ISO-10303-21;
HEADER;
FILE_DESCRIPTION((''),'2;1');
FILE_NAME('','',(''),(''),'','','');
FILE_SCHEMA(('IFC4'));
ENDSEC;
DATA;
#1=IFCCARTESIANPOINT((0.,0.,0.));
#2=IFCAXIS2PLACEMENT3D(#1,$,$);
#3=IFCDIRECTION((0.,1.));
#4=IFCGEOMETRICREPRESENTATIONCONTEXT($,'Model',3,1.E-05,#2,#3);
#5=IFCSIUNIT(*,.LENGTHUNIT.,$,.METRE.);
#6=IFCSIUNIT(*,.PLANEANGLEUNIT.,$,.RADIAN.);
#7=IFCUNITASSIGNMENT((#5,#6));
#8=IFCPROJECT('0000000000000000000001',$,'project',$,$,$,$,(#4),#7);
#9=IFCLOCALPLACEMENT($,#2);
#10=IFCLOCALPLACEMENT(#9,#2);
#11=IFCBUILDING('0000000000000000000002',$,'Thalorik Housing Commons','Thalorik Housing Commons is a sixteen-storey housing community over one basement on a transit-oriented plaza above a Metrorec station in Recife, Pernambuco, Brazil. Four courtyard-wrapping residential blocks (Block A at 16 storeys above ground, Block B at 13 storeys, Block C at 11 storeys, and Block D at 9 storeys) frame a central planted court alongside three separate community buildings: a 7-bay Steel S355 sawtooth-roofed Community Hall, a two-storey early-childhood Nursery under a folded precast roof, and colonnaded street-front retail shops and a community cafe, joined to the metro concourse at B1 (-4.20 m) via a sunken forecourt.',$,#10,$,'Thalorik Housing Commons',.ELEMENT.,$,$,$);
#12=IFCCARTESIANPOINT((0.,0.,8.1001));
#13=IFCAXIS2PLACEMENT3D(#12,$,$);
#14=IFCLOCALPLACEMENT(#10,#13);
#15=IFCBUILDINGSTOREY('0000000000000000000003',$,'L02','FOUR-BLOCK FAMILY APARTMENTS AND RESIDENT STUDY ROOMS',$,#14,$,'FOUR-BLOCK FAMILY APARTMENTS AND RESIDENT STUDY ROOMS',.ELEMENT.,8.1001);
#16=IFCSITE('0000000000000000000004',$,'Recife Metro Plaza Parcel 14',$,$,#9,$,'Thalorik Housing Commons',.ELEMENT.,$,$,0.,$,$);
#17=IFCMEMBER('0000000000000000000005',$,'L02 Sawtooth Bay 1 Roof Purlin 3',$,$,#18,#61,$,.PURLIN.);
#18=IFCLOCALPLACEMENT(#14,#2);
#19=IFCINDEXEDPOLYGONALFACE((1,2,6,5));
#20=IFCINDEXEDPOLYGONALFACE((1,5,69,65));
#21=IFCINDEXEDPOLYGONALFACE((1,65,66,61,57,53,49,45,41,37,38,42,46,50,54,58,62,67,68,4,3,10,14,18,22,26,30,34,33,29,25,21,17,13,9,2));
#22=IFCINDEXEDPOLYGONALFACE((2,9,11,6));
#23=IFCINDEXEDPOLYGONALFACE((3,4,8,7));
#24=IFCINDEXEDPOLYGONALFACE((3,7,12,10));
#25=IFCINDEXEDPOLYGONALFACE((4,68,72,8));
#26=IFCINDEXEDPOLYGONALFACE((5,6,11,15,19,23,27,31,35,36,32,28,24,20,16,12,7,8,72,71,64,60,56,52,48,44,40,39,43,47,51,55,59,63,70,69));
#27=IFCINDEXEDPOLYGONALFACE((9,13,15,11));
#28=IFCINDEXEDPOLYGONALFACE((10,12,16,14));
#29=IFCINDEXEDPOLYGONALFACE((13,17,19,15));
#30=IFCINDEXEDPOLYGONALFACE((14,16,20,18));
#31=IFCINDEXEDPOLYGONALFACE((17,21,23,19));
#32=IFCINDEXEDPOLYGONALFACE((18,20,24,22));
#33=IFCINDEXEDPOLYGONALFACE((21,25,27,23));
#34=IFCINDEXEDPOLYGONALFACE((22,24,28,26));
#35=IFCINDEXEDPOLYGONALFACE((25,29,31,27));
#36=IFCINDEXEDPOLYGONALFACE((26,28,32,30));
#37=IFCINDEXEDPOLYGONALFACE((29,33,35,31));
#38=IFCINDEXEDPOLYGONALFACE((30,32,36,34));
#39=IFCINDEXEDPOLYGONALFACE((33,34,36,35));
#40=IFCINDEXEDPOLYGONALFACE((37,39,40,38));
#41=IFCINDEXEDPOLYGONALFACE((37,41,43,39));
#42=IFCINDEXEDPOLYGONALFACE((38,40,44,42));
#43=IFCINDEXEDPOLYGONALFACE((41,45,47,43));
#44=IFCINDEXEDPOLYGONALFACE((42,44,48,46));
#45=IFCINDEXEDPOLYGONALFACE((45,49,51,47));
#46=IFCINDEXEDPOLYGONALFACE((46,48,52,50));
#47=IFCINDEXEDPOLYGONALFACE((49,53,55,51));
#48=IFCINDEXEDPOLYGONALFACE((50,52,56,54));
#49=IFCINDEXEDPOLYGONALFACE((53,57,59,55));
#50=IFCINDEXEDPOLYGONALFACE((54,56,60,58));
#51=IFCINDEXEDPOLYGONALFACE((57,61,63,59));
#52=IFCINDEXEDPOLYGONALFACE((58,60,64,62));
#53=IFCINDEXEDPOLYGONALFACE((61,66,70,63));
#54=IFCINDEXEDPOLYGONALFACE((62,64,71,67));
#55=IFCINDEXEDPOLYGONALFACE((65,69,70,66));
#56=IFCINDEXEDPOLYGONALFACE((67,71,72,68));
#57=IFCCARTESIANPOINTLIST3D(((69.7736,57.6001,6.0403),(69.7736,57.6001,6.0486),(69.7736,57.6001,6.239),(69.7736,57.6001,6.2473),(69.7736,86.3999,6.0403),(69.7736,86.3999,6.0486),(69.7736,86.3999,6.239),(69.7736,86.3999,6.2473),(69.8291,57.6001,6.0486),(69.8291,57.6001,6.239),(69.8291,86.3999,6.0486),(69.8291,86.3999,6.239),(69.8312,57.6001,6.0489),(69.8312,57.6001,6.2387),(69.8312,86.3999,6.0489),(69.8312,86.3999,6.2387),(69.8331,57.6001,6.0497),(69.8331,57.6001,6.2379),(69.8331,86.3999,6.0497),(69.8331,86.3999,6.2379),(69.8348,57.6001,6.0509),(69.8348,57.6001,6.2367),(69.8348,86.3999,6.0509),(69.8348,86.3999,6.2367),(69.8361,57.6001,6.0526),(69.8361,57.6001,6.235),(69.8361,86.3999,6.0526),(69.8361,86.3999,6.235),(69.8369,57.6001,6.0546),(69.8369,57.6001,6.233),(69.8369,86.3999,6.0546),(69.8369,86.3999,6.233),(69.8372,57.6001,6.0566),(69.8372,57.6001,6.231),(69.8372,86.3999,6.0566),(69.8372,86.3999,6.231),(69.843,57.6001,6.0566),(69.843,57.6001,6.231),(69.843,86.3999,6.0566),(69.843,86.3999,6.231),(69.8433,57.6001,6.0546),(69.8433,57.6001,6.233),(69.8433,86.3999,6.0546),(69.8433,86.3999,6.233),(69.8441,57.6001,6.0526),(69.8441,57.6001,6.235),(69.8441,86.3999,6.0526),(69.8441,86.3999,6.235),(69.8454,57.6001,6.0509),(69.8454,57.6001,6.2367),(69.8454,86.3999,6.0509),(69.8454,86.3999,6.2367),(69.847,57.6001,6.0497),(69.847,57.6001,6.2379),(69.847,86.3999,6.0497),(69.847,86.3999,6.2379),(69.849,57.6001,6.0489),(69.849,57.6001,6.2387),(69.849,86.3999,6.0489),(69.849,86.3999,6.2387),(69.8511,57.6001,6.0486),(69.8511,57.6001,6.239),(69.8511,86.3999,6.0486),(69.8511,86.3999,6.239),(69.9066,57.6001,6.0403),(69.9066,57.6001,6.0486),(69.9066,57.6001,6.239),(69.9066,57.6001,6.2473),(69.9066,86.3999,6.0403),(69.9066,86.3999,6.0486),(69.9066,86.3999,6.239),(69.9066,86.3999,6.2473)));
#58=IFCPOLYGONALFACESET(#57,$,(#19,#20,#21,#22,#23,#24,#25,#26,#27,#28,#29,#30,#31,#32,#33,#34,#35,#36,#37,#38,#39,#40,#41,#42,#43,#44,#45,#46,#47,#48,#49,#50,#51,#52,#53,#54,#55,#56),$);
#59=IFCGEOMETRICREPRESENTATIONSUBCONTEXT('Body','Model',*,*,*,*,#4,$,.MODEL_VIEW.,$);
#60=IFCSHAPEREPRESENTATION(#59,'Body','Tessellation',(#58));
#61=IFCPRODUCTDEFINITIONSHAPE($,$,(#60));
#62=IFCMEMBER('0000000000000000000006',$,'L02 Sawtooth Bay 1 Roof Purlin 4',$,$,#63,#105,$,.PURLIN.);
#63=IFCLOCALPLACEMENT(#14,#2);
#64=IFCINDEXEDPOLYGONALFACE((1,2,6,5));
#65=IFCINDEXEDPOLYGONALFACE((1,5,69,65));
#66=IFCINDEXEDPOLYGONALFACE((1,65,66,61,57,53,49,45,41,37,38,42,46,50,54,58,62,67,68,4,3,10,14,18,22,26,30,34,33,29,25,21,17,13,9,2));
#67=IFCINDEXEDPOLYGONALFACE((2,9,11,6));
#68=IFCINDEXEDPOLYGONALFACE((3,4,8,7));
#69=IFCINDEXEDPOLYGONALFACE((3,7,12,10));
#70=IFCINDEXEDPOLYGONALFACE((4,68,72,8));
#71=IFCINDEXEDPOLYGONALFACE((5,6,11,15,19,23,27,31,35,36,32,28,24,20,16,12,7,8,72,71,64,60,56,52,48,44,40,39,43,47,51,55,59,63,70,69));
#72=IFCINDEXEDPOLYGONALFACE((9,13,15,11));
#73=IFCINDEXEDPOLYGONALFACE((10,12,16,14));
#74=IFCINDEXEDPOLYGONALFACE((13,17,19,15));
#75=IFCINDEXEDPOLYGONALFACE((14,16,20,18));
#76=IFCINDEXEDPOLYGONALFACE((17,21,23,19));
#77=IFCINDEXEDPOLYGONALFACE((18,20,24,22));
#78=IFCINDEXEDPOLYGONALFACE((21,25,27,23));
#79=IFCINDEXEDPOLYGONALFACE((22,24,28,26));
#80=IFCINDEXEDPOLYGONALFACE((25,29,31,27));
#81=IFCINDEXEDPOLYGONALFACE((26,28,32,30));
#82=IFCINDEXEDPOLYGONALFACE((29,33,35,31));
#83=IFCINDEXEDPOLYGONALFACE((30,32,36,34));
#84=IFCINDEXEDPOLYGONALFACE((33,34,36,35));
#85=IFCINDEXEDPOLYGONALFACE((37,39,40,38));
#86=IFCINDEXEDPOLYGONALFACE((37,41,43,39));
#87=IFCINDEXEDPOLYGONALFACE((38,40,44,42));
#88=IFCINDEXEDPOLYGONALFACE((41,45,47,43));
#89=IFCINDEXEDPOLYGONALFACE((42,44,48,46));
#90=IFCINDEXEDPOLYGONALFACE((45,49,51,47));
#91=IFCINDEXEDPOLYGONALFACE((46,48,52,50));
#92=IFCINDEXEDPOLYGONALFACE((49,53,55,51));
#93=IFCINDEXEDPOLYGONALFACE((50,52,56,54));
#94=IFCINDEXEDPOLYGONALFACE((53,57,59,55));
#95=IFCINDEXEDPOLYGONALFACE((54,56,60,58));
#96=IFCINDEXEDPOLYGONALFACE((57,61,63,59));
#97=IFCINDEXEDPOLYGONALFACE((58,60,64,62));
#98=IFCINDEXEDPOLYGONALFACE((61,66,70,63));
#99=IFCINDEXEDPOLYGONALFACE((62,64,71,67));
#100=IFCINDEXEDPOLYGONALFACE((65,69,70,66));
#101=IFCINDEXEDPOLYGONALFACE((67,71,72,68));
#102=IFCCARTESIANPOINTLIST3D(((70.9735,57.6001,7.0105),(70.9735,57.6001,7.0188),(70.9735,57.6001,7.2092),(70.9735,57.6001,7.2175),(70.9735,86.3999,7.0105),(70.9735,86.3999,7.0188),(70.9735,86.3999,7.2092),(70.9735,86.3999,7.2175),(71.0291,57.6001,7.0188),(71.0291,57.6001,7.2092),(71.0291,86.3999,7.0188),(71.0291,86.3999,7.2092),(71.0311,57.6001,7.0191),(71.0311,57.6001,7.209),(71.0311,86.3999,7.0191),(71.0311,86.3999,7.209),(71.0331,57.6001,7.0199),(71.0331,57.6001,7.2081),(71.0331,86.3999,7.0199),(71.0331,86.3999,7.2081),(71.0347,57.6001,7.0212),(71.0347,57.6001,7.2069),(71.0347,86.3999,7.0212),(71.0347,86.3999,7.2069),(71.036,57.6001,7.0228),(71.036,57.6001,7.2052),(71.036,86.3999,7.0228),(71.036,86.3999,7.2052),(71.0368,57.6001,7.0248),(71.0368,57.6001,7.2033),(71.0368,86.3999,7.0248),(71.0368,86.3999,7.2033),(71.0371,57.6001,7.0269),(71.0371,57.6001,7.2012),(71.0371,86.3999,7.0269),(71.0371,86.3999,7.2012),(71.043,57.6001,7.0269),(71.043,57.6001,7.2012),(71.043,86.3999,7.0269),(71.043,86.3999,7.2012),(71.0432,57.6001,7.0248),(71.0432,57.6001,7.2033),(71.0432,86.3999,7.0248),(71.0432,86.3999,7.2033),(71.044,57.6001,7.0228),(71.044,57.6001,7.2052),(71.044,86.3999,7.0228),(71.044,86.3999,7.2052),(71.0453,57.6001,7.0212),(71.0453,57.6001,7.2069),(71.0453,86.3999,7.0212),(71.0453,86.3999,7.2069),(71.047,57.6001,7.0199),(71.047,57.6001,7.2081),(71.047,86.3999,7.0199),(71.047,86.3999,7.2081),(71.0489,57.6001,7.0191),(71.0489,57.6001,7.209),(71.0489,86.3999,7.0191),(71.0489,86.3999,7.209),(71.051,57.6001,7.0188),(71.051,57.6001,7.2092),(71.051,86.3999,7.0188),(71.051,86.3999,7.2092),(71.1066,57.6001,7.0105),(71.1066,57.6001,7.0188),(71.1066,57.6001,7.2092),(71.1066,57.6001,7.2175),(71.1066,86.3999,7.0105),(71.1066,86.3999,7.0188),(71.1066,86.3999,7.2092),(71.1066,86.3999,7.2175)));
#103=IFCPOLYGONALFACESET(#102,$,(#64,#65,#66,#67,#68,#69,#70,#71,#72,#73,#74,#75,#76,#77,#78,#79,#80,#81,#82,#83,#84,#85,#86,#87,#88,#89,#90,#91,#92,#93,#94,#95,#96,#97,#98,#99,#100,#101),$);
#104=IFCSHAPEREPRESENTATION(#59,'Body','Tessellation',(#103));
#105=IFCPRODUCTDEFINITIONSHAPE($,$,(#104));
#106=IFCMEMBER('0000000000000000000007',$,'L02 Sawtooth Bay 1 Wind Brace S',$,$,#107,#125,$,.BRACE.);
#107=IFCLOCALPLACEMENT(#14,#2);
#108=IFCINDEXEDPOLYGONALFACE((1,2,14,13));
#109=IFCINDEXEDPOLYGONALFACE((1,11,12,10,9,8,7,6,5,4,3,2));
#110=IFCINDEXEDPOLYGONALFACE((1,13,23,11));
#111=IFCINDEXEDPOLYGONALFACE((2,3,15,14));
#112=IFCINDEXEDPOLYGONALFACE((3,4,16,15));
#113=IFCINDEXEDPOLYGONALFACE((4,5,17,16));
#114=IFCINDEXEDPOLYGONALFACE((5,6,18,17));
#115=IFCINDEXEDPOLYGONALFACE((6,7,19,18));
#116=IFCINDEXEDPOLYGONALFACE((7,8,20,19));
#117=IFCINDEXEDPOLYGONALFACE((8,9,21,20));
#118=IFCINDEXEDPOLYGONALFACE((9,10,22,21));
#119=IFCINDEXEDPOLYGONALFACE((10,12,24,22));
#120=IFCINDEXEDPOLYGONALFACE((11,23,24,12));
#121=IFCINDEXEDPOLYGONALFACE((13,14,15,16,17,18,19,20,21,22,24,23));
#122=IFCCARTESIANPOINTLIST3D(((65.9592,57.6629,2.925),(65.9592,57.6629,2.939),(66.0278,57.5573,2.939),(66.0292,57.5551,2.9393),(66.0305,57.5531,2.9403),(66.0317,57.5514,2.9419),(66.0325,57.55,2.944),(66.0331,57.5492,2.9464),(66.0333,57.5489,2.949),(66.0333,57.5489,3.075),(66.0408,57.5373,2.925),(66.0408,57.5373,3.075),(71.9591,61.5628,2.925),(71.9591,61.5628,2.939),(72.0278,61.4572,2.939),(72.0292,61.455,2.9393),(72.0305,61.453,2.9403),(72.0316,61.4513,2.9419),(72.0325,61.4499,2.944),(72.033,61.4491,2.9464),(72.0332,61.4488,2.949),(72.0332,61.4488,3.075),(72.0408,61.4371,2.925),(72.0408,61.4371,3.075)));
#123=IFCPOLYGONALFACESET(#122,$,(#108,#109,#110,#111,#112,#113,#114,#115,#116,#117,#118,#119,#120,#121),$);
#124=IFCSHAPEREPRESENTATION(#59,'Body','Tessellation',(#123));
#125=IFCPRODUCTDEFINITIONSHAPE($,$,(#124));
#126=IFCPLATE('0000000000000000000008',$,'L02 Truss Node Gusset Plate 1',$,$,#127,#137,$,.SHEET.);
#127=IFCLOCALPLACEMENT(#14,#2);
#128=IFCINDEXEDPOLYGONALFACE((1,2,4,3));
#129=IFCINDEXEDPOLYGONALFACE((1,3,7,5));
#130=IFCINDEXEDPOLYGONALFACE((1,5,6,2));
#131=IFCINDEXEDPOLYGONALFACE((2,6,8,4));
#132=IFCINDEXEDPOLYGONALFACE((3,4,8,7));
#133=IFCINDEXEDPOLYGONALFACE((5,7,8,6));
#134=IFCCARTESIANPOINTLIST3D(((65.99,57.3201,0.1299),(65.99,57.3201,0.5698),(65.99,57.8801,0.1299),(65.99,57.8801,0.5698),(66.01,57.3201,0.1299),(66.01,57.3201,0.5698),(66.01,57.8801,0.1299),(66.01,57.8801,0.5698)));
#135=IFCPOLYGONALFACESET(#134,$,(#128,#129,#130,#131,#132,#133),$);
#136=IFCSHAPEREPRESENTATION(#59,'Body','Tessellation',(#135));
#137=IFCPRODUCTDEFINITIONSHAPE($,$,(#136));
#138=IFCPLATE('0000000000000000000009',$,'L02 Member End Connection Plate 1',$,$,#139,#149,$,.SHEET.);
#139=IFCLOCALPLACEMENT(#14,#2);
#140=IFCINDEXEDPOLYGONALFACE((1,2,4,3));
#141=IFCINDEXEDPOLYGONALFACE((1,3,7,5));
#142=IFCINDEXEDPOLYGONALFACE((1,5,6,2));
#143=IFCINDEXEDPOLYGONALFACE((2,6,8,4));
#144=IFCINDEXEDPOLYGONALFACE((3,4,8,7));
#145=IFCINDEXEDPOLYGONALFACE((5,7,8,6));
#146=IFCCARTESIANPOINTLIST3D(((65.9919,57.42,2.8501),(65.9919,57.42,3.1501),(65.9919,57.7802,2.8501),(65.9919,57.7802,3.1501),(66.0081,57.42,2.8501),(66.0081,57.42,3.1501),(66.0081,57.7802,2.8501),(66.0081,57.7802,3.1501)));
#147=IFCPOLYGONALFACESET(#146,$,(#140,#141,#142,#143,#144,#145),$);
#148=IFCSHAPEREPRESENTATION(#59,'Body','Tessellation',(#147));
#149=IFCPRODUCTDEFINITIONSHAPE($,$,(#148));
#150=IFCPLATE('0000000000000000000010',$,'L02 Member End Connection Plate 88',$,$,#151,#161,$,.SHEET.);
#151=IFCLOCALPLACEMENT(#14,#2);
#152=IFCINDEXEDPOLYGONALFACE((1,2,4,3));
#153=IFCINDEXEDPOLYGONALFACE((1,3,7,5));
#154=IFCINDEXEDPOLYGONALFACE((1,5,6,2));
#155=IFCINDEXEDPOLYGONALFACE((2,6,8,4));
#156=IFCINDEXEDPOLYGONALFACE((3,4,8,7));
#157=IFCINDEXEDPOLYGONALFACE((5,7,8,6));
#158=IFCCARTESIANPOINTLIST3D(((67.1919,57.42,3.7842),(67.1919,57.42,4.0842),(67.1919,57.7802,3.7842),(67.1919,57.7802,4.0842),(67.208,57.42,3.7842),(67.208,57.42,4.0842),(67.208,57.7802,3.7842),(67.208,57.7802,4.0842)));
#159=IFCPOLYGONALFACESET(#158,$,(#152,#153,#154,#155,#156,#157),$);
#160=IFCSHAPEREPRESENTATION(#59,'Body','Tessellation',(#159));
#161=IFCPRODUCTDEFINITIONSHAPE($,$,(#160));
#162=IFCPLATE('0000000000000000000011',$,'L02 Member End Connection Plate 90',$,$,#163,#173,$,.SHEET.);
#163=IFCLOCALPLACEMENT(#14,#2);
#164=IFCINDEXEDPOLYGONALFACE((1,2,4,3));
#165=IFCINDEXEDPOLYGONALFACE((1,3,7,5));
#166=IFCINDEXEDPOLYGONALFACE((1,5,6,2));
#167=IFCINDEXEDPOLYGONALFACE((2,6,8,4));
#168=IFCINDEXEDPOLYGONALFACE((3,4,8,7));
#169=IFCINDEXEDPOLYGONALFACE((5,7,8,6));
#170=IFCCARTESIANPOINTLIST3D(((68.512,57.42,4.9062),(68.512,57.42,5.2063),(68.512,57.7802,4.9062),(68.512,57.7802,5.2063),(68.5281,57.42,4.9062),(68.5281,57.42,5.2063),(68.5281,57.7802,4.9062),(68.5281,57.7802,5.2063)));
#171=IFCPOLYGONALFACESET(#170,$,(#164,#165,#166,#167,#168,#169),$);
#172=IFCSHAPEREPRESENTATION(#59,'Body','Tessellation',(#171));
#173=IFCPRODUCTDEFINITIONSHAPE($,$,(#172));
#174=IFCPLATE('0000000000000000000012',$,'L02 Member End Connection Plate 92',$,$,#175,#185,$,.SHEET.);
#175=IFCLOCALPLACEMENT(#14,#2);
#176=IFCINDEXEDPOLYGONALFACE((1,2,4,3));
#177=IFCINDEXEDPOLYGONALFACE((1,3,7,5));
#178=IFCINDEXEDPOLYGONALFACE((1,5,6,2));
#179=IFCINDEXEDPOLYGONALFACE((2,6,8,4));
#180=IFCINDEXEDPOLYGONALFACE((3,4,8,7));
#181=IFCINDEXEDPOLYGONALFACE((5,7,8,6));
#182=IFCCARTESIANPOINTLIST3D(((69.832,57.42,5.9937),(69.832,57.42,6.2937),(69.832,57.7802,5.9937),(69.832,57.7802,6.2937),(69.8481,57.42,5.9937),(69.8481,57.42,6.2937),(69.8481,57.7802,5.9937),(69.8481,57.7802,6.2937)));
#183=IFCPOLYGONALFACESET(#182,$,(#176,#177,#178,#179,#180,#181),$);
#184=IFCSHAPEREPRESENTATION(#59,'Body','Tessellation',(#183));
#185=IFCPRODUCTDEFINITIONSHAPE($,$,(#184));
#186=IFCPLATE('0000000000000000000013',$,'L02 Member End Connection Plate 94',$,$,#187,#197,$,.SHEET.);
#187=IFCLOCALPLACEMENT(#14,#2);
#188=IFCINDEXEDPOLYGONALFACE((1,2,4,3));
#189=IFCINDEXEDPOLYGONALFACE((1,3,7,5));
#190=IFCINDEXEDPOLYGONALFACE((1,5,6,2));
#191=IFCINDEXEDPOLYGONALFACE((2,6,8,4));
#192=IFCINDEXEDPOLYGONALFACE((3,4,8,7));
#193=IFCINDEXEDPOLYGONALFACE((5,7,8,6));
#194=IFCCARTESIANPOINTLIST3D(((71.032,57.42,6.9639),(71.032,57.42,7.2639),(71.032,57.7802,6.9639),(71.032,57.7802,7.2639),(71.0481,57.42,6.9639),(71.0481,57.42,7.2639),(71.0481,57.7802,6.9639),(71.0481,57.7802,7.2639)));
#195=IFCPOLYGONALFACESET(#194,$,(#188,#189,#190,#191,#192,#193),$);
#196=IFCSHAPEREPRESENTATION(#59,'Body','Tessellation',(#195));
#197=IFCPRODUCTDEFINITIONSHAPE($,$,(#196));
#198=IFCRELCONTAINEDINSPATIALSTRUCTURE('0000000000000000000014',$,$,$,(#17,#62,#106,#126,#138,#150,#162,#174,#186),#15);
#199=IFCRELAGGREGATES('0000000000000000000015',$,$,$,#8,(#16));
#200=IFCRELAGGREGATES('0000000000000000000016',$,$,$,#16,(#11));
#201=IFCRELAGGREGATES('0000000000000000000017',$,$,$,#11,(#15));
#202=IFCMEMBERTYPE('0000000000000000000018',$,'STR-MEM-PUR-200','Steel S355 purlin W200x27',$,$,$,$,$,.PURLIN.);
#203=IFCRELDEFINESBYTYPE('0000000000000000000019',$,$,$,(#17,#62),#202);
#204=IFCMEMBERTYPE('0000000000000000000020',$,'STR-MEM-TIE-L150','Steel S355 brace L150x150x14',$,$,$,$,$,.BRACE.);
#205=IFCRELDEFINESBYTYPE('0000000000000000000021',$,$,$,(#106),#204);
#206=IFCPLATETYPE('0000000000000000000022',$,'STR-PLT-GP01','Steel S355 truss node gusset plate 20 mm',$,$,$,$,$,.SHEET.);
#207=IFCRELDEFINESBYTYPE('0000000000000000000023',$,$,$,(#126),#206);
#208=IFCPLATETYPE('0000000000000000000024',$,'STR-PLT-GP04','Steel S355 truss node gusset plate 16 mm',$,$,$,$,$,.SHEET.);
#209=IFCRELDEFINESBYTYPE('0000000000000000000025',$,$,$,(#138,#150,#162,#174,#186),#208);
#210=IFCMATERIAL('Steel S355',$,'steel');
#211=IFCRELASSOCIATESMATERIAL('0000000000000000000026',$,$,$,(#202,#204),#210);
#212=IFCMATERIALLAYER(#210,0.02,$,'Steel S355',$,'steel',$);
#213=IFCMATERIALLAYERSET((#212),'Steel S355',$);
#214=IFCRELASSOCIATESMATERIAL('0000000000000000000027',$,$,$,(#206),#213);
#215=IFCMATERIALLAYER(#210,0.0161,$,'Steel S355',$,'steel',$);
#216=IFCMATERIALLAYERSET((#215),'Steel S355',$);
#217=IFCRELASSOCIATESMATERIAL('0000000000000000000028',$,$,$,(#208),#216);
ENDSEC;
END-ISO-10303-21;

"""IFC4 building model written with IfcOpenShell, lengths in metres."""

from ifc_helpers import new_model, si_unit, direction, frame, origin, origin_2d, place, context, subcontext, project, spatial, rectangle, i_section, l_section, extrude, material, layer, layer_set, material_profile, profile_set, type_object, element, save


model = new_model("IFC4")

# Units and contexts
model_context = context("Model", 3, precision=1e-05, world=origin(), true_north=direction((0.0, 1.0)))
body_context = subcontext(model_context, "Body", "Model", "MODEL_VIEW")
ifc_project = project(units=[si_unit("LENGTHUNIT", "METRE"), si_unit("PLANEANGLEUNIT", "RADIAN")], contexts=[model_context])

# Site, building, storey
site_placement = place(None, origin())
site = spatial("IfcSite", under=ifc_project, at=site_placement, Name="Recife Metro Plaza Parcel 14", LongName="Thalorik Housing Commons", CompositionType="ELEMENT", RefElevation=0.0)
building_placement = place(site_placement, origin())
building = spatial("IfcBuilding", under=site, at=building_placement, Name="Thalorik Housing Commons", Description="Thalorik Housing Commons is a sixteen-storey housing community over one basement on a transit-oriented plaza above a Metrorec station in Recife, Pernambuco, Brazil. Four courtyard-wrapping residential blocks (Block A at 16 storeys above ground, Block B at 13 storeys, Block C at 11 storeys, and Block D at 9 storeys) frame a central planted court alongside three separate community buildings: a 7-bay Steel S355 sawtooth-roofed Community Hall, a two-storey early-childhood Nursery under a folded precast roof, and colonnaded street-front retail shops and a community cafe, joined to the metro concourse at B1 (-4.20 m) via a sunken forecourt.", LongName="Thalorik Housing Commons", CompositionType="ELEMENT")
storey_placement = place(building_placement, frame((0.0, 0.0, 8.1001)))
storey = spatial("IfcBuildingStorey", under=building, at=storey_placement, Name="L02", Description="FOUR-BLOCK FAMILY APARTMENTS AND RESIDENT STUDY ROOMS", LongName="FOUR-BLOCK FAMILY APARTMENTS AND RESIDENT STUDY ROOMS", CompositionType="ELEMENT", Elevation=8.1001)

# Shared definitions
ifc_material_1 = material(Name="Steel S355", Category="steel")

# Members
ifc_material_profile_1 = material_profile(ifc_material_1, i_section(OverallWidth=0.1331, OverallDepth=0.207, WebThickness=0.0059, FlangeThickness=0.0083, FilletRadius=0.0081, at=origin_2d()), Name="W200x27", Category="steel")
ifc_profile_set_1 = profile_set([ifc_material_profile_1], Name="Steel S355")
member_type_1 = type_object("IfcMemberType", Name="STR-MEM-PUR-200", Description="Steel S355 purlin W200x27", PredefinedType="PURLIN", material=ifc_profile_set_1)
for number, where, z_axis, x_axis, name in (
    (1, (69.8401, 57.6001, 6.1438), (0.0, 1.0, 0.0), (-1.0, 0.0, 0.0), "L02 Sawtooth Bay 1 Roof Purlin 3"),
    (2, (71.04, 57.6001, 7.114), (0.0, 1.0, 0.0), (-1.0, 0.0, 0.0), "L02 Sawtooth Bay 1 Roof Purlin 4"),
):
    element("IfcMember", number, at=place(storey_placement, frame(where, z_axis=z_axis, x_axis=x_axis)), inside=storey, type_object=member_type_1, Name=name, PredefinedType="PURLIN", context=body_context, shape_type="SweptSolid", body=[
        extrude(i_section(OverallWidth=0.1331, OverallDepth=0.207, WebThickness=0.0059, FlangeThickness=0.0083, FilletRadius=0.0081, at=origin_2d()), origin(), (0.0, 0.0, 1.0), 28.7998),
    ])
ifc_material_profile_2 = material_profile(ifc_material_1, l_section(Depth=0.1499, Width=0.1499, Thickness=0.0139, FilletRadius=0.01, at=origin_2d()), Name="L150x150x14", Category="steel")
ifc_profile_set_2 = profile_set([ifc_material_profile_2], Name="Steel S355")
member_type_2 = type_object("IfcMemberType", Name="STR-MEM-TIE-L150", Description="Steel S355 brace L150x150x14", PredefinedType="BRACE", material=ifc_profile_set_2)
member_1_placement = place(storey_placement, frame((66.0, 57.6001, 3.0), z_axis=(0.83845, 0.544979, 0.0), x_axis=(-0.544979, 0.83845, 0.0)))
element("IfcMember", 3, at=member_1_placement, inside=storey, type_object=member_type_2, Name="L02 Sawtooth Bay 1 Wind Brace S", PredefinedType="BRACE", context=body_context, shape_type="SweptSolid", body=[
    extrude(l_section(Depth=0.1499, Width=0.1499, Thickness=0.0139, FilletRadius=0.01, at=origin_2d()), origin(), (0.0, 0.0, 1.0), 7.156),
])

# Plates
ifc_layer_1 = layer(ifc_material_1, 0.02, Name="Steel S355", Category="steel")
ifc_layer_set_1 = layer_set([ifc_layer_1], Name="Steel S355")
plate_type_1 = type_object("IfcPlateType", Name="STR-PLT-GP01", Description="Steel S355 truss node gusset plate 20 mm", PredefinedType="SHEET", material=ifc_layer_set_1)
plate_placement = place(storey_placement, frame((66.0, 57.6001, 0.1299), z_axis=(0.0, 0.0, 1.0), x_axis=(1.0, 0.0, 0.0)))
element("IfcPlate", 4, at=plate_placement, inside=storey, type_object=plate_type_1, Name="L02 Truss Node Gusset Plate 1", PredefinedType="SHEET", context=body_context, shape_type="SweptSolid", body=[
    extrude(rectangle(XDim=0.02, YDim=0.5601, at=origin_2d()), origin(), (0.0, 0.0, 1.0), 0.4399),
])
ifc_layer_2 = layer(ifc_material_1, 0.0161, Name="Steel S355", Category="steel")
ifc_layer_set_2 = layer_set([ifc_layer_2], Name="Steel S355")
plate_type_2 = type_object("IfcPlateType", Name="STR-PLT-GP04", Description="Steel S355 truss node gusset plate 16 mm", PredefinedType="SHEET", material=ifc_layer_set_2)
for number, where, z_axis, x_axis, name in (
    (5, (66.0, 57.6001, 2.8501), (0.0, 0.0, 1.0), (1.0, 0.0, 0.0), "L02 Member End Connection Plate 1"),
    (6, (67.2, 57.6001, 3.7842), (0.0, 0.0, 1.0), (1.0, 0.0, 0.0), "L02 Member End Connection Plate 88"),
    (7, (68.52, 57.6001, 4.9062), (0.0, 0.0, 1.0), (1.0, 0.0, 0.0), "L02 Member End Connection Plate 90"),
    (8, (69.8401, 57.6001, 5.9937), (0.0, 0.0, 1.0), (1.0, 0.0, 0.0), "L02 Member End Connection Plate 92"),
    (9, (71.04, 57.6001, 6.9639), (0.0, 0.0, 1.0), (1.0, 0.0, 0.0), "L02 Member End Connection Plate 94"),
):
    element("IfcPlate", number, at=place(storey_placement, frame(where, z_axis=z_axis, x_axis=x_axis)), inside=storey, type_object=plate_type_2, Name=name, PredefinedType="SHEET", context=body_context, shape_type="SweptSolid", body=[
        extrude(rectangle(XDim=0.0161, YDim=0.3601, at=origin_2d()), origin(), (0.0, 0.0, 1.0), 0.3),
    ])

save(model, "model.ifc")
